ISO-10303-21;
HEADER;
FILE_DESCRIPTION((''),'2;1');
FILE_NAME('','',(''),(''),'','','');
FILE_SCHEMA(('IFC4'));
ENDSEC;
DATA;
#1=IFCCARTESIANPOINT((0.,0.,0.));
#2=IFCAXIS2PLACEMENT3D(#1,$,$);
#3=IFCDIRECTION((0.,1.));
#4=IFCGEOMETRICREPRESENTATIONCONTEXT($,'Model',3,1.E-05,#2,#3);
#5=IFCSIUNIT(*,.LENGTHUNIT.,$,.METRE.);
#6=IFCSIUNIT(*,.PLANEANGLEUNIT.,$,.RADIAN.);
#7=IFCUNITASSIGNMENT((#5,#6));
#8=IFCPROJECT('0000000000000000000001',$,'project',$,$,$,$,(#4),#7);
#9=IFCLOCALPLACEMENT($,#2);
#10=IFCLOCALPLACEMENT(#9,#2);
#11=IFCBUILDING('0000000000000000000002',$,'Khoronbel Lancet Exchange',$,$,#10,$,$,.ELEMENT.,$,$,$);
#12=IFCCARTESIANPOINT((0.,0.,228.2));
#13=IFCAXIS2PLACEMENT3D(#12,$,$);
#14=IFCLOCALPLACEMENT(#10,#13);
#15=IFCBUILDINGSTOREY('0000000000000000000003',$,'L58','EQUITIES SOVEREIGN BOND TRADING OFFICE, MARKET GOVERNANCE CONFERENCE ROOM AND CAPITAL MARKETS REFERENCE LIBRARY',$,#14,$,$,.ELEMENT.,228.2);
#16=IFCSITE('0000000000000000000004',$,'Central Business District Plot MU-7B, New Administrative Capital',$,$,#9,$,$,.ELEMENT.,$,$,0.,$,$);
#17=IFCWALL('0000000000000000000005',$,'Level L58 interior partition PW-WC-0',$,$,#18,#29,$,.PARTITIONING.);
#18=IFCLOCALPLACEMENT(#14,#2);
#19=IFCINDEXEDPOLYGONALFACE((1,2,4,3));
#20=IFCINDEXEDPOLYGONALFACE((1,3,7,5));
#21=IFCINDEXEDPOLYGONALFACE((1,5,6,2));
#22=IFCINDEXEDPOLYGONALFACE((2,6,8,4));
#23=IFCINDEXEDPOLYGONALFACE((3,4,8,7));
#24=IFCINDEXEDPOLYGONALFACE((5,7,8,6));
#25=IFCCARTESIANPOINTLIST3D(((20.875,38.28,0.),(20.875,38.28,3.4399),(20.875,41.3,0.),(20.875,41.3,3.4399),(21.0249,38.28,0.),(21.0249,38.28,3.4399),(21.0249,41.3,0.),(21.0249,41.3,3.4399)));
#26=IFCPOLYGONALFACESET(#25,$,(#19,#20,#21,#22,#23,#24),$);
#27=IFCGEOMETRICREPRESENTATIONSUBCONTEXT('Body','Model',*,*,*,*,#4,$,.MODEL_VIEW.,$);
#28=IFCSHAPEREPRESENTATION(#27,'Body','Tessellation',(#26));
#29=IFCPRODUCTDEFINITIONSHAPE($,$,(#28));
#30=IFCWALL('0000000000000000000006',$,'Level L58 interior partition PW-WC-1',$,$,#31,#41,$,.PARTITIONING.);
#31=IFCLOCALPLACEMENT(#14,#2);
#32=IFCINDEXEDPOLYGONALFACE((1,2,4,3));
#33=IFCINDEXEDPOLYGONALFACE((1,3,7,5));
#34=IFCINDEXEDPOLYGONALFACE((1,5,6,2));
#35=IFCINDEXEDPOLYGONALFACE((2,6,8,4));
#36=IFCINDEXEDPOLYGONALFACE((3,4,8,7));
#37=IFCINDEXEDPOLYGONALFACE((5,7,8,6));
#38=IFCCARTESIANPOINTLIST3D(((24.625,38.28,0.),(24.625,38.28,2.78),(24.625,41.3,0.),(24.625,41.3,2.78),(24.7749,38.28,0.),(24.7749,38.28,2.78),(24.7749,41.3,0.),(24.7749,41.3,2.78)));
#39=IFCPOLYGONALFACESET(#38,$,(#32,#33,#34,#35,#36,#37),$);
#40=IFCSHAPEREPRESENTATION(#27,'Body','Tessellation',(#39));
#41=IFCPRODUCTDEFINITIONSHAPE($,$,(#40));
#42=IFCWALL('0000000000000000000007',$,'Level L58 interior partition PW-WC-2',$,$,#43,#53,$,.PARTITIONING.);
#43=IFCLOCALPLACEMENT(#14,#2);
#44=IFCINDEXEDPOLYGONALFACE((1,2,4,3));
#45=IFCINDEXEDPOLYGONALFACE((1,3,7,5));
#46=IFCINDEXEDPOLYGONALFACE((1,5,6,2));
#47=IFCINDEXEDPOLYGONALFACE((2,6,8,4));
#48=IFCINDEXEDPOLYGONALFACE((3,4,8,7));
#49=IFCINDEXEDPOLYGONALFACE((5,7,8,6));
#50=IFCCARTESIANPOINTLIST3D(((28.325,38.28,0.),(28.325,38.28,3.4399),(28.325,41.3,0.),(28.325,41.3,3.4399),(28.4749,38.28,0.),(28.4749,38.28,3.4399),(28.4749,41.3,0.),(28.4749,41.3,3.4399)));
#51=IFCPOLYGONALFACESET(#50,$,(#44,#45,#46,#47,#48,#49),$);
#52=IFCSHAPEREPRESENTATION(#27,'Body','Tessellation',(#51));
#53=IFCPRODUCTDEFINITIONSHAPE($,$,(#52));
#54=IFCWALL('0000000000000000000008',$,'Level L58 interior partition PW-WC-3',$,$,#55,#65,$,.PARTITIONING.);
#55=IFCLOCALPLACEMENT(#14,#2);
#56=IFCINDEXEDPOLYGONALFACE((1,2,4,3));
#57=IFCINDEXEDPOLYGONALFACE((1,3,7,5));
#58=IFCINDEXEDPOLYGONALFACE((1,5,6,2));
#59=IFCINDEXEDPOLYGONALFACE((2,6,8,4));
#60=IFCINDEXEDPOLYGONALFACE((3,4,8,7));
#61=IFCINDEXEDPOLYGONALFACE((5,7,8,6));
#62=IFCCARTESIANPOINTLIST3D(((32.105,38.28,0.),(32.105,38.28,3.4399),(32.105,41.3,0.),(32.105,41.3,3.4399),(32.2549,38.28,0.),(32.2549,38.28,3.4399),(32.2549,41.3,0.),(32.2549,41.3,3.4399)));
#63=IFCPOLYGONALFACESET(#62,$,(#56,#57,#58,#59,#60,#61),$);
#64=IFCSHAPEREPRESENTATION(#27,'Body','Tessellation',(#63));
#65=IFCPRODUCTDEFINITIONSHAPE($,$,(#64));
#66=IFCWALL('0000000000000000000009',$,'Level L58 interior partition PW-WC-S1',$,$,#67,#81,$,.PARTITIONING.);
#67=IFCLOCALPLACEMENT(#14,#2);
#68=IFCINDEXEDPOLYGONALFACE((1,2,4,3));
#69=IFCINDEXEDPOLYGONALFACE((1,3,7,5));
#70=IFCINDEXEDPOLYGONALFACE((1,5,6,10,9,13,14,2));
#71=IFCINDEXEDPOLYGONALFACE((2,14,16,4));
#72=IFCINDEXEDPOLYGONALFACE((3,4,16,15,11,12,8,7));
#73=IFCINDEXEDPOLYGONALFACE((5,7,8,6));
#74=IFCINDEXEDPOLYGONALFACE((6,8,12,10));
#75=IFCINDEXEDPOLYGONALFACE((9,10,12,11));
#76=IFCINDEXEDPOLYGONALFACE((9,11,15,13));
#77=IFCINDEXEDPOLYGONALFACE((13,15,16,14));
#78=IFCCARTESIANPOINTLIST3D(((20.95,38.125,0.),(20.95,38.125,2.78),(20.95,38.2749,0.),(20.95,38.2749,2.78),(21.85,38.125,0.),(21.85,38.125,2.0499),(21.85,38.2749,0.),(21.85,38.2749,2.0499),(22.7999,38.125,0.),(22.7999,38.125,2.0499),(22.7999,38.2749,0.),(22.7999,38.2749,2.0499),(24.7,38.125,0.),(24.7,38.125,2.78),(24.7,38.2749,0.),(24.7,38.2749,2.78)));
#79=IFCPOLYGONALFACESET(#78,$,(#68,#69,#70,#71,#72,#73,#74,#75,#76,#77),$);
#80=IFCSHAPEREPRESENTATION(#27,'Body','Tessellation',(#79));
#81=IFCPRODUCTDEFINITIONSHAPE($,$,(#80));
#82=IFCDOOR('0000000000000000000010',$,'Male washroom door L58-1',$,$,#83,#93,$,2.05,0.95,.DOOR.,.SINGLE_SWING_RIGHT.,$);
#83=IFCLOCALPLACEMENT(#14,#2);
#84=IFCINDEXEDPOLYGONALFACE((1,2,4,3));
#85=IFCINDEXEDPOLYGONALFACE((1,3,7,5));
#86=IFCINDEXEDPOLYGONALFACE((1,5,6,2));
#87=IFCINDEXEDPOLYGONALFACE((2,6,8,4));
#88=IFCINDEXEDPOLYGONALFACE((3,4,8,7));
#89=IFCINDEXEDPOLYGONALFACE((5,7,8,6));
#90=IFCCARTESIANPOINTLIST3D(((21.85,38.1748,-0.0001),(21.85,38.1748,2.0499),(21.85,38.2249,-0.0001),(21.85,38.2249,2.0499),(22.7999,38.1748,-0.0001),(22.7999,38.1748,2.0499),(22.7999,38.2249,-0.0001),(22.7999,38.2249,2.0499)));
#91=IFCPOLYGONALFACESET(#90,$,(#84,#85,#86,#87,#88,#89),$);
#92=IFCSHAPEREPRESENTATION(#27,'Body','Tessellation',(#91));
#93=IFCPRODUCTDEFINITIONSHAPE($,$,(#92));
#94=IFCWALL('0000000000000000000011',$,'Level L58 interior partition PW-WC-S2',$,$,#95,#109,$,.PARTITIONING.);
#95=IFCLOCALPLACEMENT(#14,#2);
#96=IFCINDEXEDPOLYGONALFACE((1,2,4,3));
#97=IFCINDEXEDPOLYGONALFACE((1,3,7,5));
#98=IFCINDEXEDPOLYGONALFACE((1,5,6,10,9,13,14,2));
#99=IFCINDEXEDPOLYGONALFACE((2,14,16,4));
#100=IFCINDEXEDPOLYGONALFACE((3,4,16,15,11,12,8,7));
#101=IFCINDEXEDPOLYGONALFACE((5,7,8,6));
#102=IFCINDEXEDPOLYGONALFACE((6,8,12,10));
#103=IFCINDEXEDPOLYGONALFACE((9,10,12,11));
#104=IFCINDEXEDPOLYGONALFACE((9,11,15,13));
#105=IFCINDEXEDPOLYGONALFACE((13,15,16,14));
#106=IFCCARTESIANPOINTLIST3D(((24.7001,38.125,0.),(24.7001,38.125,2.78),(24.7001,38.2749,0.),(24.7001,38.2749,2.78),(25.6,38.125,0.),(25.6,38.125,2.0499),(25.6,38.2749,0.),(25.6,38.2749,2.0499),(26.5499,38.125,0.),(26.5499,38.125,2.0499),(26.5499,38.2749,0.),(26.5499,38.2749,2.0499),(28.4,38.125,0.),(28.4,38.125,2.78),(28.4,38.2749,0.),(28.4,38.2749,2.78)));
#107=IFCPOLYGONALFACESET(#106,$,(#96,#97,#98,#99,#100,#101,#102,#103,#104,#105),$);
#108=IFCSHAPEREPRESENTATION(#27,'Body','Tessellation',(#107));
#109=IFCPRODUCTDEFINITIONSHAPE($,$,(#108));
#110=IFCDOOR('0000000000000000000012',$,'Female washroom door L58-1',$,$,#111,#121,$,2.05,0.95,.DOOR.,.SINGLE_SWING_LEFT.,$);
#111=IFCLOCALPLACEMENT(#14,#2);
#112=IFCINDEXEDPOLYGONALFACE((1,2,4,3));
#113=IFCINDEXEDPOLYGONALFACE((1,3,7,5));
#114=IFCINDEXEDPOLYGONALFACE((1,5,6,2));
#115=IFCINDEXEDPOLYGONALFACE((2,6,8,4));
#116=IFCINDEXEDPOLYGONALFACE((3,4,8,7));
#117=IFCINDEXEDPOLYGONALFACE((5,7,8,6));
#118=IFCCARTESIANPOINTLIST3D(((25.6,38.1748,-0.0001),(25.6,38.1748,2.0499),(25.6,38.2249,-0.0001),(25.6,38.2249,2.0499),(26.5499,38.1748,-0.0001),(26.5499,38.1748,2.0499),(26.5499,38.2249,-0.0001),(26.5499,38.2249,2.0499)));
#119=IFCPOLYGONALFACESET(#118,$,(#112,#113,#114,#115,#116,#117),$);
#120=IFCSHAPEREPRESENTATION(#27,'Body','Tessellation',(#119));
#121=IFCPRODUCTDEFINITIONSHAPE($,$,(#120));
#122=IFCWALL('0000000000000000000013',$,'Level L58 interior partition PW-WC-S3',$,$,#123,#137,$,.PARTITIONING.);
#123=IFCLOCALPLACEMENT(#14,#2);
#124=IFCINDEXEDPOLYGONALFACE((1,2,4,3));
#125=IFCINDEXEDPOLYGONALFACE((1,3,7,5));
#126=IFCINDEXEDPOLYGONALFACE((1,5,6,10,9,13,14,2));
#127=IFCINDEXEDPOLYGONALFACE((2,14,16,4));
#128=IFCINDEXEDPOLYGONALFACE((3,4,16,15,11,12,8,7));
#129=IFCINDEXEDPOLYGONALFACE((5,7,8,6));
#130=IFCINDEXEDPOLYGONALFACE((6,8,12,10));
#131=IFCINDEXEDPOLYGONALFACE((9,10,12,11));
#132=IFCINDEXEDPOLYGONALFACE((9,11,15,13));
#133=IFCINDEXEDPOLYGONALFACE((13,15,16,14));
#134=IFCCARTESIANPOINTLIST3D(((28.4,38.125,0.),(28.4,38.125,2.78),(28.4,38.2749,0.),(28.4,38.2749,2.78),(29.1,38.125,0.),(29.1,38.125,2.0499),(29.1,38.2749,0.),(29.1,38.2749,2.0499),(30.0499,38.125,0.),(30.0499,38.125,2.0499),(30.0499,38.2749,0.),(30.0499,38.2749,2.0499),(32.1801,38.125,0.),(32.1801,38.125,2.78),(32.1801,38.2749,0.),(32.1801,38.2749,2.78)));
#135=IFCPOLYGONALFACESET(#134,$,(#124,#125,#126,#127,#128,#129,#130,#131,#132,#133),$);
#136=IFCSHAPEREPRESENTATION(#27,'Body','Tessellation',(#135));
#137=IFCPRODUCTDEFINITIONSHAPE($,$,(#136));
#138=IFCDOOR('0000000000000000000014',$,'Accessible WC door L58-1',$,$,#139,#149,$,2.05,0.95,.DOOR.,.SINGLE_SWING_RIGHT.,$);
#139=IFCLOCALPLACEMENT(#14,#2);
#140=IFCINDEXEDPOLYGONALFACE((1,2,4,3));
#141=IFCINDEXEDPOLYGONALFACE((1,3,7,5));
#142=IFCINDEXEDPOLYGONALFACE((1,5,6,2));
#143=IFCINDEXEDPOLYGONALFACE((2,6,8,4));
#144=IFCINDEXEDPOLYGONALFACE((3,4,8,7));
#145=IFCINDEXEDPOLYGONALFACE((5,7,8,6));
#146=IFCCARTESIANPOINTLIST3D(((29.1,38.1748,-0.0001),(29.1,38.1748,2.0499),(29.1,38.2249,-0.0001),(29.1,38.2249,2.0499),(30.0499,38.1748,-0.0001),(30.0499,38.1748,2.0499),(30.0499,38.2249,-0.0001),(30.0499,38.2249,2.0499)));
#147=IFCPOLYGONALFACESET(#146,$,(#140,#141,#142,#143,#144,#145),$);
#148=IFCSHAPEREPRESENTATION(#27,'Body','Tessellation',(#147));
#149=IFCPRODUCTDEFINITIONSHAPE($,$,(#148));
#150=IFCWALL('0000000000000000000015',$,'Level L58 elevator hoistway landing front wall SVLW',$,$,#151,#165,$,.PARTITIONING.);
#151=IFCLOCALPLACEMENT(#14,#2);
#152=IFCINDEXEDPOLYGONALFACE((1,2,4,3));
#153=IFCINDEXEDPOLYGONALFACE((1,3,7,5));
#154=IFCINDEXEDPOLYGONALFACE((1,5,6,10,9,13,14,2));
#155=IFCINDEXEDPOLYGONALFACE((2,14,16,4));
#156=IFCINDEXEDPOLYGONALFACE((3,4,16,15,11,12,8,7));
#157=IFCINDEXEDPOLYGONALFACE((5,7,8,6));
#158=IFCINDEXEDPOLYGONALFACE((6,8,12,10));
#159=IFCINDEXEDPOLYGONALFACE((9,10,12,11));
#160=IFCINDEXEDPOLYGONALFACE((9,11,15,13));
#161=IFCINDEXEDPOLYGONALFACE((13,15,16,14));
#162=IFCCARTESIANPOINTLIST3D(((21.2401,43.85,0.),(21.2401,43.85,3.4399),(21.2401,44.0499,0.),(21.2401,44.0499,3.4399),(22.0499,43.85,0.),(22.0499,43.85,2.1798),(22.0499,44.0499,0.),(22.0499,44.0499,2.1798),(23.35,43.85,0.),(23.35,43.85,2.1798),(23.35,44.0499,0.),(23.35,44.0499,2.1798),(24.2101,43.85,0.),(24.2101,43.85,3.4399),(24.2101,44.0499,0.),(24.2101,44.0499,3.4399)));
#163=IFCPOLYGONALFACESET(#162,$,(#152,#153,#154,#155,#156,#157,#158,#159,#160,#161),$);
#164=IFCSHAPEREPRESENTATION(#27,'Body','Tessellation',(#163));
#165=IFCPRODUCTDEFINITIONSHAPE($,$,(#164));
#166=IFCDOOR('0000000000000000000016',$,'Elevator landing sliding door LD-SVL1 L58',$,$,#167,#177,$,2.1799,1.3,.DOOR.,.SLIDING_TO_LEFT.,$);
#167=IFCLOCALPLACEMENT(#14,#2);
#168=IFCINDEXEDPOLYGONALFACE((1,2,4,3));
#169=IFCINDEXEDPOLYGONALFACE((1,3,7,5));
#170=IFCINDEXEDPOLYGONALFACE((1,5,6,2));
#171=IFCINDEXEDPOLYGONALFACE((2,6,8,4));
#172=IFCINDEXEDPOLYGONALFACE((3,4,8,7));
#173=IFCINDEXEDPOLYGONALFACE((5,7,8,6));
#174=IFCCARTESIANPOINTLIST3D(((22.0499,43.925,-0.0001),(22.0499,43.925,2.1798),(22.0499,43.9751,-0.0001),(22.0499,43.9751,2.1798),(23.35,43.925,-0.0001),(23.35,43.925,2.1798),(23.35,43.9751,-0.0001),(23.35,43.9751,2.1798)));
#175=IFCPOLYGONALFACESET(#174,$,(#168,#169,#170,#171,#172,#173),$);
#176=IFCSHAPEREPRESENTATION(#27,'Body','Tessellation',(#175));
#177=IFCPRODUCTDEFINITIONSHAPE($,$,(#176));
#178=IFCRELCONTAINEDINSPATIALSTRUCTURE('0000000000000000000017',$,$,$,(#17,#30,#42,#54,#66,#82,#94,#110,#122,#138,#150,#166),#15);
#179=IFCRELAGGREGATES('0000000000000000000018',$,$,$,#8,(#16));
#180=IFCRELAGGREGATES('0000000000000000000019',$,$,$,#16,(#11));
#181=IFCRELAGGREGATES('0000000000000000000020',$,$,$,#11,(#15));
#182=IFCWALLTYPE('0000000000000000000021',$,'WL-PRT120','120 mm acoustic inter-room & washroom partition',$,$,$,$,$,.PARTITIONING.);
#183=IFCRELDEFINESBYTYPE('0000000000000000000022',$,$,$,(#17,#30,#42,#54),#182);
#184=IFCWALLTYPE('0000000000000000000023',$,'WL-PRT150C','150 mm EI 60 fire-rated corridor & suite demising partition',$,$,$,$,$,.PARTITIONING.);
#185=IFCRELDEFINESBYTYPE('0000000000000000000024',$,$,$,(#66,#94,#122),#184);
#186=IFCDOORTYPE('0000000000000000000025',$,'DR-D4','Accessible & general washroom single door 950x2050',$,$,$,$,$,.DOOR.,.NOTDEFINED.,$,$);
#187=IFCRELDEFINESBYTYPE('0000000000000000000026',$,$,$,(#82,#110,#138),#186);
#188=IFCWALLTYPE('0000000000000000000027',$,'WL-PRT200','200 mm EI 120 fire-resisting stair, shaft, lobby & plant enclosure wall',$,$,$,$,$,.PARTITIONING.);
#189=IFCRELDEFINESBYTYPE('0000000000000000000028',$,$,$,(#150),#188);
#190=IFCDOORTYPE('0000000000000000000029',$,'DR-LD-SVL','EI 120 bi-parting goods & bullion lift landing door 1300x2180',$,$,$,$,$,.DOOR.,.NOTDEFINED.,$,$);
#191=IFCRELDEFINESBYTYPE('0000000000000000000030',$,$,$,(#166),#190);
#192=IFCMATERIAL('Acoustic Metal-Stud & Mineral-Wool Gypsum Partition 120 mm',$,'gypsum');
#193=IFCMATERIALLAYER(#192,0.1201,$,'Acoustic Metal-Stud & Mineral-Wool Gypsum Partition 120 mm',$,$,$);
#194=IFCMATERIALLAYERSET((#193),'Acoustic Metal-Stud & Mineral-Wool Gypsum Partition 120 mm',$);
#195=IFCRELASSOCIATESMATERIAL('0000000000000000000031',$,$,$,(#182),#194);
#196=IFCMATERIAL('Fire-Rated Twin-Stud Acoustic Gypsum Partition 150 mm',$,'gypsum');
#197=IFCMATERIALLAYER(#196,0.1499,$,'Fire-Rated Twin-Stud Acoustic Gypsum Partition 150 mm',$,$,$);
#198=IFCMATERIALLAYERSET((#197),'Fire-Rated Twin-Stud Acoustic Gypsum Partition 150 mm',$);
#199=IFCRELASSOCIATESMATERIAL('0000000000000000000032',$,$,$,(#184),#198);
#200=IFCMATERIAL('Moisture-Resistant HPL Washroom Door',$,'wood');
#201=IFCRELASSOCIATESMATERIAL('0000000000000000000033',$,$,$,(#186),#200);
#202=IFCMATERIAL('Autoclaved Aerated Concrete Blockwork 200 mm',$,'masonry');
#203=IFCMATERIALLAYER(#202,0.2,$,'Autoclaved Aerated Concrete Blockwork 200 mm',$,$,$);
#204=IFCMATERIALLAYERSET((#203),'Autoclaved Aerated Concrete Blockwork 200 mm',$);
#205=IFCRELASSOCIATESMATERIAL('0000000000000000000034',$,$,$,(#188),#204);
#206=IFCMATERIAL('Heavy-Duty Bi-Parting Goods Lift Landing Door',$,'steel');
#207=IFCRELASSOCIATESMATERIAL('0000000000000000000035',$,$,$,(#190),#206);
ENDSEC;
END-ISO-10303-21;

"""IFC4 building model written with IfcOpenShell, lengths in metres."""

from ifc_helpers import new_model, si_unit, direction, frame, frame_2d, origin, place, context, subcontext, project, spatial, rectangle, extrude, material, layer, layer_set, type_object, element, fill, save


model = new_model("IFC4")

# Units and contexts
model_context = context("Model", 3, precision=1e-05, world=origin(), true_north=direction((0.0, 1.0)))
body_context = subcontext(model_context, "Body", "Model", "MODEL_VIEW")
ifc_project = project(units=[si_unit("LENGTHUNIT", "METRE"), si_unit("PLANEANGLEUNIT", "RADIAN")], contexts=[model_context])

# Site, building, storey
site_placement = place(None, origin())
site = spatial("IfcSite", under=ifc_project, at=site_placement, Name="Central Business District Plot MU-7B, New Administrative Capital", CompositionType="ELEMENT", RefElevation=0.0)
building_placement = place(site_placement, origin())
building = spatial("IfcBuilding", under=site, at=building_placement, Name="Khoronbel Lancet Exchange", CompositionType="ELEMENT")
storey_placement = place(building_placement, frame((0.0, 0.0, 228.2)))
storey = spatial("IfcBuildingStorey", under=building, at=storey_placement, Name="L58", Description="EQUITIES SOVEREIGN BOND TRADING OFFICE, MARKET GOVERNANCE CONFERENCE ROOM AND CAPITAL MARKETS REFERENCE LIBRARY", CompositionType="ELEMENT", Elevation=228.2)

# Walls
ifc_material_1 = material(Name="Acoustic Metal-Stud & Mineral-Wool Gypsum Partition 120 mm", Category="gypsum")
ifc_layer_1 = layer(ifc_material_1, 0.1201, Name="Acoustic Metal-Stud & Mineral-Wool Gypsum Partition 120 mm")
ifc_layer_set_1 = layer_set([ifc_layer_1], Name="Acoustic Metal-Stud & Mineral-Wool Gypsum Partition 120 mm")
wall_type_1 = type_object("IfcWallType", Name="WL-PRT120", Description="120 mm acoustic inter-room & washroom partition", PredefinedType="PARTITIONING", material=ifc_layer_set_1)
wall_1_placement = place(storey_placement, frame((20.95, 38.28, 0.0), z_axis=(0.0, 0.0, 1.0), x_axis=(0.0, 1.0, 0.0)))
element("IfcWall", 1, at=wall_1_placement, inside=storey, type_object=wall_type_1, Name="Level L58 interior partition PW-WC-0", PredefinedType="PARTITIONING", context=body_context, shape_type="SweptSolid", body=[
    extrude(rectangle(XDim=3.02, YDim=0.1499, at=frame_2d((1.51, 0.0))), origin(), (0.0, 0.0, 1.0), 3.4399),
])
wall_2_placement = place(storey_placement, frame((24.7, 38.28, 0.0), z_axis=(0.0, 0.0, 1.0), x_axis=(0.0, 1.0, 0.0)))
element("IfcWall", 2, at=wall_2_placement, inside=storey, type_object=wall_type_1, Name="Level L58 interior partition PW-WC-1", PredefinedType="PARTITIONING", context=body_context, shape_type="SweptSolid", body=[
    extrude(rectangle(XDim=3.02, YDim=0.1499, at=frame_2d((1.51, 0.0))), origin(), (0.0, 0.0, 1.0), 2.78),
])
for number, where, z_axis, x_axis, name in (
    (3, (28.3999, 38.28, 0.0), (0.0, 0.0, 1.0), (0.0, 1.0, 0.0), "Level L58 interior partition PW-WC-2"),
    (4, (32.1799, 38.28, 0.0), (0.0, 0.0, 1.0), (0.0, 1.0, 0.0), "Level L58 interior partition PW-WC-3"),
):
    element("IfcWall", number, at=place(storey_placement, frame(where, z_axis=z_axis, x_axis=x_axis)), inside=storey, type_object=wall_type_1, Name=name, PredefinedType="PARTITIONING", context=body_context, shape_type="SweptSolid", body=[
        extrude(rectangle(XDim=3.02, YDim=0.1499, at=frame_2d((1.51, 0.0))), origin(), (0.0, 0.0, 1.0), 3.4399),
    ])

# Walls, openings, doors
ifc_material_2 = material(Name="Fire-Rated Twin-Stud Acoustic Gypsum Partition 150 mm", Category="gypsum")
ifc_layer_2 = layer(ifc_material_2, 0.1499, Name="Fire-Rated Twin-Stud Acoustic Gypsum Partition 150 mm")
ifc_layer_set_2 = layer_set([ifc_layer_2], Name="Fire-Rated Twin-Stud Acoustic Gypsum Partition 150 mm")
wall_type_2 = type_object("IfcWallType", Name="WL-PRT150C", Description="150 mm EI 60 fire-rated corridor & suite demising partition", PredefinedType="PARTITIONING", material=ifc_layer_set_2)
wall_3_placement = place(storey_placement, frame((20.95, 38.2, 0.0), z_axis=(0.0, 0.0, 1.0), x_axis=(1.0, 0.0, 0.0)))
wall_3 = element("IfcWall", 5, at=wall_3_placement, inside=storey, type_object=wall_type_2, Name="Level L58 interior partition PW-WC-S1", PredefinedType="PARTITIONING", context=body_context, shape_type="SweptSolid", body=[
    extrude(rectangle(XDim=3.75, YDim=0.1499, at=frame_2d((1.875, 0.0))), origin(), (0.0, 0.0, 1.0), 2.78),
])
opening_1_placement = place(wall_3_placement, frame((0.8999, 0.0, 0.0)))
opening_1 = element("IfcOpeningElement", 6, at=opening_1_placement, cuts=wall_3, PredefinedType="OPENING", context=body_context, shape_type="SweptSolid", body=[
    extrude(rectangle(XDim=0.95, YDim=2.05, at=frame_2d((0.4751, 1.0249))), frame((0.0, 0.085, 0.0), z_axis=(0.0, -1.0, 0.0), x_axis=(1.0, 0.0, 0.0)), (0.0, 0.0, 1.0), 0.1699),
])
ifc_material_3 = material(Name="Moisture-Resistant HPL Washroom Door", Category="wood")
door_type_1 = type_object("IfcDoorType", Name="DR-D4", Description="Accessible & general washroom single door 950x2050", OperationType="NOTDEFINED", PredefinedType="DOOR", material=ifc_material_3)
door_1_placement = place(opening_1_placement, origin())
door_1 = element("IfcDoor", 7, at=door_1_placement, inside=storey, type_object=door_type_1, Name="Male washroom door L58-1", OperationType="SINGLE_SWING_RIGHT", OverallHeight=2.05, OverallWidth=0.95, PredefinedType="DOOR", context=body_context, shape_type="SweptSolid", body=[
    extrude(rectangle(XDim=0.95, YDim=2.05, at=frame_2d((0.4751, 1.0249))), frame((0.0, 0.0249, 0.0), z_axis=(0.0, -1.0, 0.0), x_axis=(1.0, 0.0, 0.0)), (0.0, 0.0, 1.0), 0.05),
])
fill(opening_1, door_1)
wall_4_placement = place(storey_placement, frame((24.7, 38.2, 0.0), z_axis=(0.0, 0.0, 1.0), x_axis=(1.0, 0.0, 0.0)))
wall_4 = element("IfcWall", 8, at=wall_4_placement, inside=storey, type_object=wall_type_2, Name="Level L58 interior partition PW-WC-S2", PredefinedType="PARTITIONING", context=body_context, shape_type="SweptSolid", body=[
    extrude(rectangle(XDim=3.7, YDim=0.1499, at=frame_2d((1.8501, 0.0))), origin(), (0.0, 0.0, 1.0), 2.78),
])
opening_2_placement = place(wall_4_placement, frame((0.8999, 0.0, 0.0)))
opening_2 = element("IfcOpeningElement", 9, at=opening_2_placement, cuts=wall_4, PredefinedType="OPENING", context=body_context, shape_type="SweptSolid", body=[
    extrude(rectangle(XDim=0.95, YDim=2.05, at=frame_2d((0.4751, 1.0249))), frame((0.0, 0.085, 0.0), z_axis=(0.0, -1.0, 0.0), x_axis=(1.0, 0.0, 0.0)), (0.0, 0.0, 1.0), 0.1699),
])
door_2_placement = place(opening_2_placement, origin())
door_2 = element("IfcDoor", 10, at=door_2_placement, inside=storey, type_object=door_type_1, Name="Female washroom door L58-1", OperationType="SINGLE_SWING_LEFT", OverallHeight=2.05, OverallWidth=0.95, PredefinedType="DOOR", context=body_context, shape_type="SweptSolid", body=[
    extrude(rectangle(XDim=0.95, YDim=2.05, at=frame_2d((0.4751, 1.0249))), frame((0.0, 0.0249, 0.0), z_axis=(0.0, -1.0, 0.0), x_axis=(1.0, 0.0, 0.0)), (0.0, 0.0, 1.0), 0.05),
])
fill(opening_2, door_2)
wall_5_placement = place(storey_placement, frame((28.3999, 38.2, 0.0), z_axis=(0.0, 0.0, 1.0), x_axis=(1.0, 0.0, 0.0)))
wall_5 = element("IfcWall", 11, at=wall_5_placement, inside=storey, type_object=wall_type_2, Name="Level L58 interior partition PW-WC-S3", PredefinedType="PARTITIONING", context=body_context, shape_type="SweptSolid", body=[
    extrude(rectangle(XDim=3.78, YDim=0.1499, at=frame_2d((1.8901, 0.0))), origin(), (0.0, 0.0, 1.0), 2.78),
])
opening_3_placement = place(wall_5_placement, frame((0.7, 0.0, 0.0)))
opening_3 = element("IfcOpeningElement", 12, at=opening_3_placement, cuts=wall_5, PredefinedType="OPENING", context=body_context, shape_type="SweptSolid", body=[
    extrude(rectangle(XDim=0.95, YDim=2.05, at=frame_2d((0.4751, 1.0249))), frame((0.0, 0.085, 0.0), z_axis=(0.0, -1.0, 0.0), x_axis=(1.0, 0.0, 0.0)), (0.0, 0.0, 1.0), 0.1699),
])
door_3_placement = place(opening_3_placement, origin())
door_3 = element("IfcDoor", 13, at=door_3_placement, inside=storey, type_object=door_type_1, Name="Accessible WC door L58-1", OperationType="SINGLE_SWING_RIGHT", OverallHeight=2.05, OverallWidth=0.95, PredefinedType="DOOR", context=body_context, shape_type="SweptSolid", body=[
    extrude(rectangle(XDim=0.95, YDim=2.05, at=frame_2d((0.4751, 1.0249))), frame((0.0, 0.0249, 0.0), z_axis=(0.0, -1.0, 0.0), x_axis=(1.0, 0.0, 0.0)), (0.0, 0.0, 1.0), 0.05),
])
fill(opening_3, door_3)
ifc_material_4 = material(Name="Autoclaved Aerated Concrete Blockwork 200 mm", Category="masonry")
ifc_layer_3 = layer(ifc_material_4, 0.2, Name="Autoclaved Aerated Concrete Blockwork 200 mm")
ifc_layer_set_3 = layer_set([ifc_layer_3], Name="Autoclaved Aerated Concrete Blockwork 200 mm")
wall_type_3 = type_object("IfcWallType", Name="WL-PRT200", Description="200 mm EI 120 fire-resisting stair, shaft, lobby & plant enclosure wall", PredefinedType="PARTITIONING", material=ifc_layer_set_3)
wall_6_placement = place(storey_placement, frame((24.21, 43.95, 0.0), z_axis=(0.0, 0.0, 1.0), x_axis=(-1.0, 0.0, 0.0)))
wall_6 = element("IfcWall", 14, at=wall_6_placement, inside=storey, type_object=wall_type_3, Name="Level L58 elevator hoistway landing front wall SVLW", PredefinedType="PARTITIONING", context=body_context, shape_type="SweptSolid", body=[
    extrude(rectangle(XDim=2.97, YDim=0.2, at=frame_2d((1.4849, 0.0))), origin(), (0.0, 0.0, 1.0), 3.4399),
])
opening_4_placement = place(wall_6_placement, frame((0.8601, 0.0, 0.0)))
opening_4 = element("IfcOpeningElement", 15, at=opening_4_placement, cuts=wall_6, PredefinedType="OPENING", context=body_context, shape_type="SweptSolid", body=[
    extrude(rectangle(XDim=1.3, YDim=2.1799, at=frame_2d((0.6499, 1.0898))), frame((0.0, 0.1099, 0.0), z_axis=(0.0, -1.0, 0.0), x_axis=(1.0, 0.0, 0.0)), (0.0, 0.0, 1.0), 0.22),
])
ifc_material_5 = material(Name="Heavy-Duty Bi-Parting Goods Lift Landing Door", Category="steel")
door_type_2 = type_object("IfcDoorType", Name="DR-LD-SVL", Description="EI 120 bi-parting goods & bullion lift landing door 1300x2180", OperationType="NOTDEFINED", PredefinedType="DOOR", material=ifc_material_5)
door_4_placement = place(opening_4_placement, origin())
door_4 = element("IfcDoor", 16, at=door_4_placement, inside=storey, type_object=door_type_2, Name="Elevator landing sliding door LD-SVL1 L58", OperationType="SLIDING_TO_LEFT", OverallHeight=2.1799, OverallWidth=1.3, PredefinedType="DOOR", context=body_context, shape_type="SweptSolid", body=[
    extrude(rectangle(XDim=1.3, YDim=2.1799, at=frame_2d((0.6499, 1.0898))), frame((0.0, 0.0249, 0.0), z_axis=(0.0, -1.0, 0.0), x_axis=(1.0, 0.0, 0.0)), (0.0, 0.0, 1.0), 0.05),
])
fill(opening_4, door_4)

save(model, "model.ifc")
